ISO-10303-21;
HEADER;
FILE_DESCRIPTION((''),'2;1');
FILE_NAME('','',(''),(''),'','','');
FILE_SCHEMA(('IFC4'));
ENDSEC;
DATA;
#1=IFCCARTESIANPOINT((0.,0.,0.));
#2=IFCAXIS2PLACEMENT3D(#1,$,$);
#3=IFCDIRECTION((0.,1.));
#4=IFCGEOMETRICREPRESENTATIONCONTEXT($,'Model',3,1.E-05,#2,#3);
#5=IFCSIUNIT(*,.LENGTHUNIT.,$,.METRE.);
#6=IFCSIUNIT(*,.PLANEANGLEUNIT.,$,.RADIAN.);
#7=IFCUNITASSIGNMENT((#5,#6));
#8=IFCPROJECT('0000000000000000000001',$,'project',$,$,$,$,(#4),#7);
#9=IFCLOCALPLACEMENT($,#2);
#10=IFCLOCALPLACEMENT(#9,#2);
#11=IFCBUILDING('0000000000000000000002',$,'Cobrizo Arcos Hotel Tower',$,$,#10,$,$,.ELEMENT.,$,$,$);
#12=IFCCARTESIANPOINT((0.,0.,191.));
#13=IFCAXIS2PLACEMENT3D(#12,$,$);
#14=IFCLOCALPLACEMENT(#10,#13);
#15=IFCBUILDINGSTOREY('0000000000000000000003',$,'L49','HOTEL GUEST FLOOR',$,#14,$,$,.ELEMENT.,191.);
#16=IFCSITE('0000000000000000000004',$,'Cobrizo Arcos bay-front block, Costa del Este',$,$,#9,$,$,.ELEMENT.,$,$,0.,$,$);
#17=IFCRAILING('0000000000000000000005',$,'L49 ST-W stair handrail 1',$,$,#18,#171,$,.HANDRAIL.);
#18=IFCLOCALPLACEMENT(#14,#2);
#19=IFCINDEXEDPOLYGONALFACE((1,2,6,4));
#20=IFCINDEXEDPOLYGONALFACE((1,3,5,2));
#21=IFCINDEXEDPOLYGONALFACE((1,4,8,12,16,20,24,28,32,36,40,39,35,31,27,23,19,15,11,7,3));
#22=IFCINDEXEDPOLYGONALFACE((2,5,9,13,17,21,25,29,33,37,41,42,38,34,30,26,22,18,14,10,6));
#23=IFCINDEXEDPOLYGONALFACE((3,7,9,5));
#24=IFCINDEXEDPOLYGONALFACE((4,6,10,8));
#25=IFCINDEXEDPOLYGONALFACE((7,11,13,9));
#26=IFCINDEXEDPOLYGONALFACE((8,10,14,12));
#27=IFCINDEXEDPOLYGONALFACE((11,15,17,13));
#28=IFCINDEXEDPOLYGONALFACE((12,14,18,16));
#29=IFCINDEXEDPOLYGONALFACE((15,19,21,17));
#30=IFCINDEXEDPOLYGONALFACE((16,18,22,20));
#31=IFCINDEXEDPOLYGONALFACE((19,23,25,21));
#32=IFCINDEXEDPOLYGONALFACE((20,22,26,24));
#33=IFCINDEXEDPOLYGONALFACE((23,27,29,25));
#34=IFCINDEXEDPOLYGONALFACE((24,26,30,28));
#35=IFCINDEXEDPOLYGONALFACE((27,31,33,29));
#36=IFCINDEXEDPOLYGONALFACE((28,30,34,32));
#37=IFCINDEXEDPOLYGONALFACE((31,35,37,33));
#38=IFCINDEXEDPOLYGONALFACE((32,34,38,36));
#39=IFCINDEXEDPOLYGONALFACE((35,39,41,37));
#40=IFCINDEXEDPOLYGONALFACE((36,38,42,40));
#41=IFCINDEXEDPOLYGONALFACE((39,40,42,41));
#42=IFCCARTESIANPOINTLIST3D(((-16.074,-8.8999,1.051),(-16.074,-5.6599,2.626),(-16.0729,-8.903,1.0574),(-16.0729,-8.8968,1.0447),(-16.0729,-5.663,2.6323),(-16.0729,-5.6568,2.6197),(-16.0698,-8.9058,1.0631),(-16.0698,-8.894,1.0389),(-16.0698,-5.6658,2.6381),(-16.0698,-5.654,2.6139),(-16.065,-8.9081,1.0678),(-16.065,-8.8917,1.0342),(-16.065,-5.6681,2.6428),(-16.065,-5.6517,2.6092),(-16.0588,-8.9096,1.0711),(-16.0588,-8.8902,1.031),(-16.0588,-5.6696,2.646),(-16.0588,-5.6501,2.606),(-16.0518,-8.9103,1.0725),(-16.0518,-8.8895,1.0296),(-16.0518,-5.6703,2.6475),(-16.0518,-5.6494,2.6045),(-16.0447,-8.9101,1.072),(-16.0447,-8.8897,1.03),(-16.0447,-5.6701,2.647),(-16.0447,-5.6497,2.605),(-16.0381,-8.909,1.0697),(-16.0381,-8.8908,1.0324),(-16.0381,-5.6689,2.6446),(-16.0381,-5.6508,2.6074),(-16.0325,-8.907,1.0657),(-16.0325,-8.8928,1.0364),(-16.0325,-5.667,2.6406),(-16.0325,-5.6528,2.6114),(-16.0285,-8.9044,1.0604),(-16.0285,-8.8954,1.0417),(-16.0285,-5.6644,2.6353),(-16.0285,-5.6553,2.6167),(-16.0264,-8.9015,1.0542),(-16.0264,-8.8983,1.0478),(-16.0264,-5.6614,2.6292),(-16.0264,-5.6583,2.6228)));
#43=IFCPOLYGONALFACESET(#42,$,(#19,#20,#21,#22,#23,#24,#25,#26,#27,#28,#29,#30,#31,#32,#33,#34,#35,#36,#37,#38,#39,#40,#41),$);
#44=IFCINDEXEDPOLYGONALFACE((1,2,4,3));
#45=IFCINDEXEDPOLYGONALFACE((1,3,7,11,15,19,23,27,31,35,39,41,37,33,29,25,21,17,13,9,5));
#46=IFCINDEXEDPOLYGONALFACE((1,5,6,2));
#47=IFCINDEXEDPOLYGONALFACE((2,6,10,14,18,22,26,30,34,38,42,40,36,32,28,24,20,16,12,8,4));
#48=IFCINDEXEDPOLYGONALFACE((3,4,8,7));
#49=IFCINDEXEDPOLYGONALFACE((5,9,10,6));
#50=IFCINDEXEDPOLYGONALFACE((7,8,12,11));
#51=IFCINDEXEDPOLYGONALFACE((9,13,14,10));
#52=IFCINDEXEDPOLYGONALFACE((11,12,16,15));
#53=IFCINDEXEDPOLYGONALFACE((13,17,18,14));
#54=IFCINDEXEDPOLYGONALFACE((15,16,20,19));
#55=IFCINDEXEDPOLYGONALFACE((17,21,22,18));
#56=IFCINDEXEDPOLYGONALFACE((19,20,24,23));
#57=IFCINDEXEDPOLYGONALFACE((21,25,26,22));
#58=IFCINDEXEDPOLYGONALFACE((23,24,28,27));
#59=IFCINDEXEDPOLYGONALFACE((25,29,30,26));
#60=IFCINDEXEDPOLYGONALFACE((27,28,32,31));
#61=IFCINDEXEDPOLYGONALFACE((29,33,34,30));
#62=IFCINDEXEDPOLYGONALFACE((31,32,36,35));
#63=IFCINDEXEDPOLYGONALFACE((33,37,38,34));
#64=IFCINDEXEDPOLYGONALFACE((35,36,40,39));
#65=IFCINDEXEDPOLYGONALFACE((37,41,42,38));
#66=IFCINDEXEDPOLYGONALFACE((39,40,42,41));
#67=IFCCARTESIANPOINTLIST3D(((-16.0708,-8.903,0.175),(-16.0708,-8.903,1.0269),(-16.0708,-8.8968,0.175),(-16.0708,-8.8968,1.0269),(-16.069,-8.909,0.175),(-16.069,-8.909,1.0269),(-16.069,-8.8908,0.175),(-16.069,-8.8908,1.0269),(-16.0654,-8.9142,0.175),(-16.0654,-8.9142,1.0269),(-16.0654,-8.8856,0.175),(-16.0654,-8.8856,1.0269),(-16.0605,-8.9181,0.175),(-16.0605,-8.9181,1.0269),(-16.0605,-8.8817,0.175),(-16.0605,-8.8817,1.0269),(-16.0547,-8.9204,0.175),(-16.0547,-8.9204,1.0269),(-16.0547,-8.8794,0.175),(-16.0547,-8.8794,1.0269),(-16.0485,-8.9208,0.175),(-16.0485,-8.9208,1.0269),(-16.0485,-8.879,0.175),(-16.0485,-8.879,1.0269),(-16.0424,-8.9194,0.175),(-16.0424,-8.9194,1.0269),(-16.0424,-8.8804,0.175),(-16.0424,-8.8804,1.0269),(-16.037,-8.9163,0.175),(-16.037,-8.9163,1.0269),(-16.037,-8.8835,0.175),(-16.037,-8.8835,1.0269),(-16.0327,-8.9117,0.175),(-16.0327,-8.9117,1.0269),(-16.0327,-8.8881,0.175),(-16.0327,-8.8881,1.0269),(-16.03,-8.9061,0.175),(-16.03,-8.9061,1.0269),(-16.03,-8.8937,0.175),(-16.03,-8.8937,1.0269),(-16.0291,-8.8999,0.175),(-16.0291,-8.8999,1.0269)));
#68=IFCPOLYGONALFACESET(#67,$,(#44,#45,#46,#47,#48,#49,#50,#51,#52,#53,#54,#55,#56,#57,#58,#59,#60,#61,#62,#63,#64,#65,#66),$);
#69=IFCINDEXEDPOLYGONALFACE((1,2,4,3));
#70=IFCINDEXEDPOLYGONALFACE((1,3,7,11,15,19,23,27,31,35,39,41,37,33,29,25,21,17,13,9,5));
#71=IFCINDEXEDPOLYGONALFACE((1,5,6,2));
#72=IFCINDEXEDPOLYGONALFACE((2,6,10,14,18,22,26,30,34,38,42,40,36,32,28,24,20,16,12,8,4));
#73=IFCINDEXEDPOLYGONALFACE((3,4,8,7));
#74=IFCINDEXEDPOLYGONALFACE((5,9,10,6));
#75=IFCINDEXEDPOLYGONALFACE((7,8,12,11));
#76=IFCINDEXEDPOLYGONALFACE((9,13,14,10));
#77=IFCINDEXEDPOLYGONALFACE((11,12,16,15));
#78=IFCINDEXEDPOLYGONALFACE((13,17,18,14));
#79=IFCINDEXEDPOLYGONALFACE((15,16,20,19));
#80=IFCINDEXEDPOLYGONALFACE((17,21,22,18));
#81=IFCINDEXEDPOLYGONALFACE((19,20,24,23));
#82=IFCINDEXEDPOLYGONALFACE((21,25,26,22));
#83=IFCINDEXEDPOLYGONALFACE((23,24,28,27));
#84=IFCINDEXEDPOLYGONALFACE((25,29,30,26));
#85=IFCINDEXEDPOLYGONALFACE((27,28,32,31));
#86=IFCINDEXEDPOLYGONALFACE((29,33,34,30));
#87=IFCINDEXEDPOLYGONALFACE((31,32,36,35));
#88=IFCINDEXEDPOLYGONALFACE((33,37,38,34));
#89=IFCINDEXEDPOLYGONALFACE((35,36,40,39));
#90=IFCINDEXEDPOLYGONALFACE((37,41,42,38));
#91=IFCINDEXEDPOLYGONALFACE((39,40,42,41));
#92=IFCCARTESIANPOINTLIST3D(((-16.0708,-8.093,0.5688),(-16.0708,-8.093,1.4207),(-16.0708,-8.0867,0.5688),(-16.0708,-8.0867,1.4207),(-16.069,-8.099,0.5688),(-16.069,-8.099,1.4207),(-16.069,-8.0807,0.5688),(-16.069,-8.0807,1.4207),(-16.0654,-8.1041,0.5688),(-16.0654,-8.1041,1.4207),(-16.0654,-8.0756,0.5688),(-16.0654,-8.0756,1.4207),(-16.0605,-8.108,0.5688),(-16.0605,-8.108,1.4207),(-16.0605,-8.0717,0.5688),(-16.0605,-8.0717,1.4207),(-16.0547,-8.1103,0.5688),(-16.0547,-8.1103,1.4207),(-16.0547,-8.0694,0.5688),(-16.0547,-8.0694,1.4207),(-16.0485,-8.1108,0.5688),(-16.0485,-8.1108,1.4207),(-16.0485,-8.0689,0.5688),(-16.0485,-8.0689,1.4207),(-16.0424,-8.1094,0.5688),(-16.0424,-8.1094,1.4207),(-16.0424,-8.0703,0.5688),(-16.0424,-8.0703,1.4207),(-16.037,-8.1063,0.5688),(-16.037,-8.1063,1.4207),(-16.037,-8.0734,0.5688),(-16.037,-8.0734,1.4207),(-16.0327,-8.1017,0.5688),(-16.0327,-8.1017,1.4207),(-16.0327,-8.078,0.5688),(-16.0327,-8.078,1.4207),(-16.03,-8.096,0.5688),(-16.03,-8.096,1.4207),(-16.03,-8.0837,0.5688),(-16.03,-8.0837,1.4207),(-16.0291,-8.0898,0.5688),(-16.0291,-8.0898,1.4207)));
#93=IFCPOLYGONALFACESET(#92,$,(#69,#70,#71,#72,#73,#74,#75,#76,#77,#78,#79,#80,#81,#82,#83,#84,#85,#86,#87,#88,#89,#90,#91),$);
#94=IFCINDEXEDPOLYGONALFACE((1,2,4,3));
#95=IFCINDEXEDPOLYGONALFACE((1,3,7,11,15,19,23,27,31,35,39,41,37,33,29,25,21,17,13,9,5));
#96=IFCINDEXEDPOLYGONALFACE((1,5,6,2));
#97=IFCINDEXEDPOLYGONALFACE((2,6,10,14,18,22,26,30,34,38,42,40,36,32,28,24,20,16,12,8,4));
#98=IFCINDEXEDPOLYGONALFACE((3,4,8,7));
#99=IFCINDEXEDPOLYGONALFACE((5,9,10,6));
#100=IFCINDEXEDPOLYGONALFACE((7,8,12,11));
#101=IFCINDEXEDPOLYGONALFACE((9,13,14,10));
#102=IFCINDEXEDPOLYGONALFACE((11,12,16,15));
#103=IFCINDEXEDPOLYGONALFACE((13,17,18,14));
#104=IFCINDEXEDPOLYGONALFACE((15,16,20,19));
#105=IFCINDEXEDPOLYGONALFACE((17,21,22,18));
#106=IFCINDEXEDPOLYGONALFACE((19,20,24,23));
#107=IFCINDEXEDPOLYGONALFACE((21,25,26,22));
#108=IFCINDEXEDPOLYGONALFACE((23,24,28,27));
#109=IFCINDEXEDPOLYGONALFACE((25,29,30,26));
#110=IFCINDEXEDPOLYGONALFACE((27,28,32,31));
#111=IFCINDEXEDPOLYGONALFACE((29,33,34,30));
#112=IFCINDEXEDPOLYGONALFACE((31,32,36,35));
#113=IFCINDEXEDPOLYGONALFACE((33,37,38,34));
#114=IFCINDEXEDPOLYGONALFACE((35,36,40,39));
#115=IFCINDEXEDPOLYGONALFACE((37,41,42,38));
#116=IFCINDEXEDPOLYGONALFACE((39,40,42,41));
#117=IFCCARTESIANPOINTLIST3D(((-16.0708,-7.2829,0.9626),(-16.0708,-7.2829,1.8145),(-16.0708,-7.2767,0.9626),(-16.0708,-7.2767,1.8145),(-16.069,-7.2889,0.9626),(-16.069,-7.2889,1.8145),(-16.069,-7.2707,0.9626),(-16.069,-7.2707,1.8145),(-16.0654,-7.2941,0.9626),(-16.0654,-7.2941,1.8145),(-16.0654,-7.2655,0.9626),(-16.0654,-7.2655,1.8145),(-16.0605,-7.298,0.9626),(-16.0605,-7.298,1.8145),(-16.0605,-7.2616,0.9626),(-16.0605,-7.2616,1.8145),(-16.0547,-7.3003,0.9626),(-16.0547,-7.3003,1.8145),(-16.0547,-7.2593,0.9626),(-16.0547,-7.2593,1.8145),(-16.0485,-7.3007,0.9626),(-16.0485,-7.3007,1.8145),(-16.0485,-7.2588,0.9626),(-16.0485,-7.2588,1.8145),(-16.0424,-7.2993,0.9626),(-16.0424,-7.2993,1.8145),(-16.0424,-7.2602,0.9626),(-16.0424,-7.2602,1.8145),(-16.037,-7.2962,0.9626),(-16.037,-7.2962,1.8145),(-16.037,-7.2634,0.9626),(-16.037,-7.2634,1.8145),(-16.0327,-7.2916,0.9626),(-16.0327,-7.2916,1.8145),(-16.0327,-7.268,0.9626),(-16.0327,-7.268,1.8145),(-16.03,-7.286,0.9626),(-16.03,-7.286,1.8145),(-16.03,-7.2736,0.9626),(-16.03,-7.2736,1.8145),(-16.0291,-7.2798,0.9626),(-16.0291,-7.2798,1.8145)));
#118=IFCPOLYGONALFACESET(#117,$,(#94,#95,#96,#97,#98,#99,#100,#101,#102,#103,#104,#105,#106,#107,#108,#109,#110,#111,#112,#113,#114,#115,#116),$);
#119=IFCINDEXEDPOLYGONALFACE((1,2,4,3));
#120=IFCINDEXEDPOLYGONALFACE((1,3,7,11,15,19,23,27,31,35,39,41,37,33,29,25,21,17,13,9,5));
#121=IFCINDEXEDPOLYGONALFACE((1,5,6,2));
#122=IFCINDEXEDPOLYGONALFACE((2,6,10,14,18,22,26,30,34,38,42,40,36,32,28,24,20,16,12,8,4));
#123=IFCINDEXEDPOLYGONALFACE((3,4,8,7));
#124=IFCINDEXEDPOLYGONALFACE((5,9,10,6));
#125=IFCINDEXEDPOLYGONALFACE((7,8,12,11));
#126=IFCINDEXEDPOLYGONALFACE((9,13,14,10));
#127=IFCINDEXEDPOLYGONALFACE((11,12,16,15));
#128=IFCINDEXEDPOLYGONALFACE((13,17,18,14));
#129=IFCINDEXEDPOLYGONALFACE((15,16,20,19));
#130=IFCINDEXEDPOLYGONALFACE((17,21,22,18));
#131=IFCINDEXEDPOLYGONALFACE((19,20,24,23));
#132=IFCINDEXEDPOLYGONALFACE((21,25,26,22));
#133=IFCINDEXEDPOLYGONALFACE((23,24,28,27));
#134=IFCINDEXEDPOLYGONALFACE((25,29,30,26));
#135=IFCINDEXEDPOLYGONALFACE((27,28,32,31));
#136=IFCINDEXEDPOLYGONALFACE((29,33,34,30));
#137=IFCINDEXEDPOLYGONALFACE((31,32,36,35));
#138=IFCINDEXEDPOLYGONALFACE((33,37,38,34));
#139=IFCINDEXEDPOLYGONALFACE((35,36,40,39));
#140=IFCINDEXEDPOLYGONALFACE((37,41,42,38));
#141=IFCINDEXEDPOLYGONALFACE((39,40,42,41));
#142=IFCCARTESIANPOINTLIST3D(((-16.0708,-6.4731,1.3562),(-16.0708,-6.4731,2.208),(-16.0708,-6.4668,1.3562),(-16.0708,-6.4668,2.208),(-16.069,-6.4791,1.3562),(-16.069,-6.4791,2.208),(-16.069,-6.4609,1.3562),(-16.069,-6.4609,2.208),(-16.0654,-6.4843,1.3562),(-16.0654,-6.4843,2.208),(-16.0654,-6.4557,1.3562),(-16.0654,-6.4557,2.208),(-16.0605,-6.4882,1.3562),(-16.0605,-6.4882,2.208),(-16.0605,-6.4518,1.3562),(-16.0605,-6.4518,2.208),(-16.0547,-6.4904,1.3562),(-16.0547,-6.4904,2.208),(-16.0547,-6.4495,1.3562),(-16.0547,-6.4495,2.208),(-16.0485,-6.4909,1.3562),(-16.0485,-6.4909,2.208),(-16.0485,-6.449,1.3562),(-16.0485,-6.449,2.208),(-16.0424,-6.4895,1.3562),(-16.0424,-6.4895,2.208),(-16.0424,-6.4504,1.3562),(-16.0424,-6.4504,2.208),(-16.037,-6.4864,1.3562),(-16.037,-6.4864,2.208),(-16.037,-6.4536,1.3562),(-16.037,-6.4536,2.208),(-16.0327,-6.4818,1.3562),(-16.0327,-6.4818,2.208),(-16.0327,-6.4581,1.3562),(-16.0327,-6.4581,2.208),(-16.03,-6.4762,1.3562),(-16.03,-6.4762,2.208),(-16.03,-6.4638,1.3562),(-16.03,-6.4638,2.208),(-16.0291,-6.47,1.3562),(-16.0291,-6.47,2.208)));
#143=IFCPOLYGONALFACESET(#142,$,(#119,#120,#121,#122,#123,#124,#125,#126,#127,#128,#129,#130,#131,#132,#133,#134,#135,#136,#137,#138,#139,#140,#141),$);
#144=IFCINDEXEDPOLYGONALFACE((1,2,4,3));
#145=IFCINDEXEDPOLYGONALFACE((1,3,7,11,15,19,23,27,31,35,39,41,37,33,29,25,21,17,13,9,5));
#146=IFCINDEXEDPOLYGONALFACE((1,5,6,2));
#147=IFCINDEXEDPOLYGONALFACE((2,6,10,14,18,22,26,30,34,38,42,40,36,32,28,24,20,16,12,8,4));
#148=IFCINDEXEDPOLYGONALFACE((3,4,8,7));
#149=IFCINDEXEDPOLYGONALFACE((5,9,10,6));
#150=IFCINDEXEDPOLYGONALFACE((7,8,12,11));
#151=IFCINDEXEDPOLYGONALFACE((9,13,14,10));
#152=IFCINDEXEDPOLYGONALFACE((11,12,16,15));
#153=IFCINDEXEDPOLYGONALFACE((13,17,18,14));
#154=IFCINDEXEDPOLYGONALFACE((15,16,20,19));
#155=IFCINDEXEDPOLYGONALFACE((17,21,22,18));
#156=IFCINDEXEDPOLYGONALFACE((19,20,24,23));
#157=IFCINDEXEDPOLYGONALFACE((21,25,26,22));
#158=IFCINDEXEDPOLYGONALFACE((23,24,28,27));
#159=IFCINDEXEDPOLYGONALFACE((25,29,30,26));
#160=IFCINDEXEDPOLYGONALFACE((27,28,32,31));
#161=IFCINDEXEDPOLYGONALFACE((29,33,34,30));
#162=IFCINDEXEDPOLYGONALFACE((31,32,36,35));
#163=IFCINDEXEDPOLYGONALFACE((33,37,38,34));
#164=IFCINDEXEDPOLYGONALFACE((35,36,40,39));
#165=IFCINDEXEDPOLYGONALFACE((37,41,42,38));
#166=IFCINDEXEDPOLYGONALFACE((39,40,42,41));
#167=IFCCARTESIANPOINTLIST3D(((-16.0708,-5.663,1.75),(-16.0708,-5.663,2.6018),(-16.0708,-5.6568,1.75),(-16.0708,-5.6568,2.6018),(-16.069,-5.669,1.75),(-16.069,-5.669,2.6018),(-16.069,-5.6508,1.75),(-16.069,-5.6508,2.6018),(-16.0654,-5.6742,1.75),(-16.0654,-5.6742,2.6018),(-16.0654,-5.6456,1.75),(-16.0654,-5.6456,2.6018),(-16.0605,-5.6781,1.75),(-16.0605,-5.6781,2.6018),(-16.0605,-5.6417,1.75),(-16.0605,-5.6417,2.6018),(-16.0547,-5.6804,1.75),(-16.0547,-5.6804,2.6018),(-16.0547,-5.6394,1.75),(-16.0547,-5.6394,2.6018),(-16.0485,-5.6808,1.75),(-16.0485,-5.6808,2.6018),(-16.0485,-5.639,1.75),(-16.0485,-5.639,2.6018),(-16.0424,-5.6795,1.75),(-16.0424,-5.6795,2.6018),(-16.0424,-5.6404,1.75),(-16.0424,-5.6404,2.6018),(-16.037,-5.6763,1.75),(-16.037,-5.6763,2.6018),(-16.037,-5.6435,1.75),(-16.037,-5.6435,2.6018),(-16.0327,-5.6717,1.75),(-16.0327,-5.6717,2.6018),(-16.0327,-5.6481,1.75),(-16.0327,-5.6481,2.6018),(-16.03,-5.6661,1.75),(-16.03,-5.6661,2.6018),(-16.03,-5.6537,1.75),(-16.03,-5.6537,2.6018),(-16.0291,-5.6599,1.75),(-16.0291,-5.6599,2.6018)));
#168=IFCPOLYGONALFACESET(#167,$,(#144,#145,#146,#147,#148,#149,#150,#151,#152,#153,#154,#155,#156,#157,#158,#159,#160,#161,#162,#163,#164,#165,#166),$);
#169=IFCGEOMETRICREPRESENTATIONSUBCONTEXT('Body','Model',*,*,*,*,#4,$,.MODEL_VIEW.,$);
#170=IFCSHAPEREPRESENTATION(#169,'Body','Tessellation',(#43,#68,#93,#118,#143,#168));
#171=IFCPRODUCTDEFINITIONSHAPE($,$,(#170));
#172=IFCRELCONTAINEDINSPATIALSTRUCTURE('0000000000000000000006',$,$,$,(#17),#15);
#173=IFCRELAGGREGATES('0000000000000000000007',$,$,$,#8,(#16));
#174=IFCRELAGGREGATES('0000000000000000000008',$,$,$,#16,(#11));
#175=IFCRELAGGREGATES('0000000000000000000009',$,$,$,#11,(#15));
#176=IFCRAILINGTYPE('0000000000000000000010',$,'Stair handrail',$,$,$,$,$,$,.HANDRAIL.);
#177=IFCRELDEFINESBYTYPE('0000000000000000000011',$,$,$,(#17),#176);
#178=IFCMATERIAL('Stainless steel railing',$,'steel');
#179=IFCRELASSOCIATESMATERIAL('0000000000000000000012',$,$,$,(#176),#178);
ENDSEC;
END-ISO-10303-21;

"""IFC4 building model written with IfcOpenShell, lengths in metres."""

from ifc_helpers import new_model, si_unit, direction, frame, origin, origin_2d, place, context, subcontext, project, spatial, circle, extrude, material, type_object, element, save


model = new_model("IFC4")

# Units and contexts
model_context = context("Model", 3, precision=1e-05, world=origin(), true_north=direction((0.0, 1.0)))
body_context = subcontext(model_context, "Body", "Model", "MODEL_VIEW")
ifc_project = project(units=[si_unit("LENGTHUNIT", "METRE"), si_unit("PLANEANGLEUNIT", "RADIAN")], contexts=[model_context])

# Site, building, storey
site_placement = place(None, origin())
site = spatial("IfcSite", under=ifc_project, at=site_placement, Name="Cobrizo Arcos bay-front block, Costa del Este", CompositionType="ELEMENT", RefElevation=0.0)
building_placement = place(site_placement, origin())
building = spatial("IfcBuilding", under=site, at=building_placement, Name="Cobrizo Arcos Hotel Tower", CompositionType="ELEMENT")
storey_placement = place(building_placement, frame((0.0, 0.0, 191.0)))
storey = spatial("IfcBuildingStorey", under=building, at=storey_placement, Name="L49", Description="HOTEL GUEST FLOOR", CompositionType="ELEMENT", Elevation=191.0)

# Railing
ifc_material_1 = material(Name="Stainless steel railing", Category="steel")
railing_type_1 = type_object("IfcRailingType", Name="Stair handrail", PredefinedType="HANDRAIL", material=ifc_material_1)
railing_1_placement = place(storey_placement, frame((-16.05, -8.8999, 0.175)))
element("IfcRailing", 1, at=railing_1_placement, inside=storey, type_object=railing_type_1, Name="L49 ST-W stair handrail 1", PredefinedType="HANDRAIL", context=body_context, shape_type="SweptSolid", body=[
    extrude(circle(Radius=0.0239, at=origin_2d()), frame((0.0, 0.0, 0.876), z_axis=(0.0, 0.899373, 0.437183), x_axis=(-1.0, 0.0, 0.0)), (0.0, 0.0, 1.0), 3.6025),
    extrude(circle(Radius=0.021, at=origin_2d()), origin(), (0.0, 0.0, 1.0), 0.8518),
    extrude(circle(Radius=0.021, at=origin_2d()), frame((0.0, 0.8101, 0.3938)), (0.0, 0.0, 1.0), 0.8518),
    extrude(circle(Radius=0.021, at=origin_2d()), frame((0.0, 1.6201, 0.7876)), (0.0, 0.0, 1.0), 0.8518),
    extrude(circle(Radius=0.021, at=origin_2d()), frame((0.0, 2.4299, 1.1812)), (0.0, 0.0, 1.0), 0.8518),
    extrude(circle(Radius=0.021, at=origin_2d()), frame((0.0, 3.24, 1.575)), (0.0, 0.0, 1.0), 0.8518),
])

save(model, "model.ifc")
